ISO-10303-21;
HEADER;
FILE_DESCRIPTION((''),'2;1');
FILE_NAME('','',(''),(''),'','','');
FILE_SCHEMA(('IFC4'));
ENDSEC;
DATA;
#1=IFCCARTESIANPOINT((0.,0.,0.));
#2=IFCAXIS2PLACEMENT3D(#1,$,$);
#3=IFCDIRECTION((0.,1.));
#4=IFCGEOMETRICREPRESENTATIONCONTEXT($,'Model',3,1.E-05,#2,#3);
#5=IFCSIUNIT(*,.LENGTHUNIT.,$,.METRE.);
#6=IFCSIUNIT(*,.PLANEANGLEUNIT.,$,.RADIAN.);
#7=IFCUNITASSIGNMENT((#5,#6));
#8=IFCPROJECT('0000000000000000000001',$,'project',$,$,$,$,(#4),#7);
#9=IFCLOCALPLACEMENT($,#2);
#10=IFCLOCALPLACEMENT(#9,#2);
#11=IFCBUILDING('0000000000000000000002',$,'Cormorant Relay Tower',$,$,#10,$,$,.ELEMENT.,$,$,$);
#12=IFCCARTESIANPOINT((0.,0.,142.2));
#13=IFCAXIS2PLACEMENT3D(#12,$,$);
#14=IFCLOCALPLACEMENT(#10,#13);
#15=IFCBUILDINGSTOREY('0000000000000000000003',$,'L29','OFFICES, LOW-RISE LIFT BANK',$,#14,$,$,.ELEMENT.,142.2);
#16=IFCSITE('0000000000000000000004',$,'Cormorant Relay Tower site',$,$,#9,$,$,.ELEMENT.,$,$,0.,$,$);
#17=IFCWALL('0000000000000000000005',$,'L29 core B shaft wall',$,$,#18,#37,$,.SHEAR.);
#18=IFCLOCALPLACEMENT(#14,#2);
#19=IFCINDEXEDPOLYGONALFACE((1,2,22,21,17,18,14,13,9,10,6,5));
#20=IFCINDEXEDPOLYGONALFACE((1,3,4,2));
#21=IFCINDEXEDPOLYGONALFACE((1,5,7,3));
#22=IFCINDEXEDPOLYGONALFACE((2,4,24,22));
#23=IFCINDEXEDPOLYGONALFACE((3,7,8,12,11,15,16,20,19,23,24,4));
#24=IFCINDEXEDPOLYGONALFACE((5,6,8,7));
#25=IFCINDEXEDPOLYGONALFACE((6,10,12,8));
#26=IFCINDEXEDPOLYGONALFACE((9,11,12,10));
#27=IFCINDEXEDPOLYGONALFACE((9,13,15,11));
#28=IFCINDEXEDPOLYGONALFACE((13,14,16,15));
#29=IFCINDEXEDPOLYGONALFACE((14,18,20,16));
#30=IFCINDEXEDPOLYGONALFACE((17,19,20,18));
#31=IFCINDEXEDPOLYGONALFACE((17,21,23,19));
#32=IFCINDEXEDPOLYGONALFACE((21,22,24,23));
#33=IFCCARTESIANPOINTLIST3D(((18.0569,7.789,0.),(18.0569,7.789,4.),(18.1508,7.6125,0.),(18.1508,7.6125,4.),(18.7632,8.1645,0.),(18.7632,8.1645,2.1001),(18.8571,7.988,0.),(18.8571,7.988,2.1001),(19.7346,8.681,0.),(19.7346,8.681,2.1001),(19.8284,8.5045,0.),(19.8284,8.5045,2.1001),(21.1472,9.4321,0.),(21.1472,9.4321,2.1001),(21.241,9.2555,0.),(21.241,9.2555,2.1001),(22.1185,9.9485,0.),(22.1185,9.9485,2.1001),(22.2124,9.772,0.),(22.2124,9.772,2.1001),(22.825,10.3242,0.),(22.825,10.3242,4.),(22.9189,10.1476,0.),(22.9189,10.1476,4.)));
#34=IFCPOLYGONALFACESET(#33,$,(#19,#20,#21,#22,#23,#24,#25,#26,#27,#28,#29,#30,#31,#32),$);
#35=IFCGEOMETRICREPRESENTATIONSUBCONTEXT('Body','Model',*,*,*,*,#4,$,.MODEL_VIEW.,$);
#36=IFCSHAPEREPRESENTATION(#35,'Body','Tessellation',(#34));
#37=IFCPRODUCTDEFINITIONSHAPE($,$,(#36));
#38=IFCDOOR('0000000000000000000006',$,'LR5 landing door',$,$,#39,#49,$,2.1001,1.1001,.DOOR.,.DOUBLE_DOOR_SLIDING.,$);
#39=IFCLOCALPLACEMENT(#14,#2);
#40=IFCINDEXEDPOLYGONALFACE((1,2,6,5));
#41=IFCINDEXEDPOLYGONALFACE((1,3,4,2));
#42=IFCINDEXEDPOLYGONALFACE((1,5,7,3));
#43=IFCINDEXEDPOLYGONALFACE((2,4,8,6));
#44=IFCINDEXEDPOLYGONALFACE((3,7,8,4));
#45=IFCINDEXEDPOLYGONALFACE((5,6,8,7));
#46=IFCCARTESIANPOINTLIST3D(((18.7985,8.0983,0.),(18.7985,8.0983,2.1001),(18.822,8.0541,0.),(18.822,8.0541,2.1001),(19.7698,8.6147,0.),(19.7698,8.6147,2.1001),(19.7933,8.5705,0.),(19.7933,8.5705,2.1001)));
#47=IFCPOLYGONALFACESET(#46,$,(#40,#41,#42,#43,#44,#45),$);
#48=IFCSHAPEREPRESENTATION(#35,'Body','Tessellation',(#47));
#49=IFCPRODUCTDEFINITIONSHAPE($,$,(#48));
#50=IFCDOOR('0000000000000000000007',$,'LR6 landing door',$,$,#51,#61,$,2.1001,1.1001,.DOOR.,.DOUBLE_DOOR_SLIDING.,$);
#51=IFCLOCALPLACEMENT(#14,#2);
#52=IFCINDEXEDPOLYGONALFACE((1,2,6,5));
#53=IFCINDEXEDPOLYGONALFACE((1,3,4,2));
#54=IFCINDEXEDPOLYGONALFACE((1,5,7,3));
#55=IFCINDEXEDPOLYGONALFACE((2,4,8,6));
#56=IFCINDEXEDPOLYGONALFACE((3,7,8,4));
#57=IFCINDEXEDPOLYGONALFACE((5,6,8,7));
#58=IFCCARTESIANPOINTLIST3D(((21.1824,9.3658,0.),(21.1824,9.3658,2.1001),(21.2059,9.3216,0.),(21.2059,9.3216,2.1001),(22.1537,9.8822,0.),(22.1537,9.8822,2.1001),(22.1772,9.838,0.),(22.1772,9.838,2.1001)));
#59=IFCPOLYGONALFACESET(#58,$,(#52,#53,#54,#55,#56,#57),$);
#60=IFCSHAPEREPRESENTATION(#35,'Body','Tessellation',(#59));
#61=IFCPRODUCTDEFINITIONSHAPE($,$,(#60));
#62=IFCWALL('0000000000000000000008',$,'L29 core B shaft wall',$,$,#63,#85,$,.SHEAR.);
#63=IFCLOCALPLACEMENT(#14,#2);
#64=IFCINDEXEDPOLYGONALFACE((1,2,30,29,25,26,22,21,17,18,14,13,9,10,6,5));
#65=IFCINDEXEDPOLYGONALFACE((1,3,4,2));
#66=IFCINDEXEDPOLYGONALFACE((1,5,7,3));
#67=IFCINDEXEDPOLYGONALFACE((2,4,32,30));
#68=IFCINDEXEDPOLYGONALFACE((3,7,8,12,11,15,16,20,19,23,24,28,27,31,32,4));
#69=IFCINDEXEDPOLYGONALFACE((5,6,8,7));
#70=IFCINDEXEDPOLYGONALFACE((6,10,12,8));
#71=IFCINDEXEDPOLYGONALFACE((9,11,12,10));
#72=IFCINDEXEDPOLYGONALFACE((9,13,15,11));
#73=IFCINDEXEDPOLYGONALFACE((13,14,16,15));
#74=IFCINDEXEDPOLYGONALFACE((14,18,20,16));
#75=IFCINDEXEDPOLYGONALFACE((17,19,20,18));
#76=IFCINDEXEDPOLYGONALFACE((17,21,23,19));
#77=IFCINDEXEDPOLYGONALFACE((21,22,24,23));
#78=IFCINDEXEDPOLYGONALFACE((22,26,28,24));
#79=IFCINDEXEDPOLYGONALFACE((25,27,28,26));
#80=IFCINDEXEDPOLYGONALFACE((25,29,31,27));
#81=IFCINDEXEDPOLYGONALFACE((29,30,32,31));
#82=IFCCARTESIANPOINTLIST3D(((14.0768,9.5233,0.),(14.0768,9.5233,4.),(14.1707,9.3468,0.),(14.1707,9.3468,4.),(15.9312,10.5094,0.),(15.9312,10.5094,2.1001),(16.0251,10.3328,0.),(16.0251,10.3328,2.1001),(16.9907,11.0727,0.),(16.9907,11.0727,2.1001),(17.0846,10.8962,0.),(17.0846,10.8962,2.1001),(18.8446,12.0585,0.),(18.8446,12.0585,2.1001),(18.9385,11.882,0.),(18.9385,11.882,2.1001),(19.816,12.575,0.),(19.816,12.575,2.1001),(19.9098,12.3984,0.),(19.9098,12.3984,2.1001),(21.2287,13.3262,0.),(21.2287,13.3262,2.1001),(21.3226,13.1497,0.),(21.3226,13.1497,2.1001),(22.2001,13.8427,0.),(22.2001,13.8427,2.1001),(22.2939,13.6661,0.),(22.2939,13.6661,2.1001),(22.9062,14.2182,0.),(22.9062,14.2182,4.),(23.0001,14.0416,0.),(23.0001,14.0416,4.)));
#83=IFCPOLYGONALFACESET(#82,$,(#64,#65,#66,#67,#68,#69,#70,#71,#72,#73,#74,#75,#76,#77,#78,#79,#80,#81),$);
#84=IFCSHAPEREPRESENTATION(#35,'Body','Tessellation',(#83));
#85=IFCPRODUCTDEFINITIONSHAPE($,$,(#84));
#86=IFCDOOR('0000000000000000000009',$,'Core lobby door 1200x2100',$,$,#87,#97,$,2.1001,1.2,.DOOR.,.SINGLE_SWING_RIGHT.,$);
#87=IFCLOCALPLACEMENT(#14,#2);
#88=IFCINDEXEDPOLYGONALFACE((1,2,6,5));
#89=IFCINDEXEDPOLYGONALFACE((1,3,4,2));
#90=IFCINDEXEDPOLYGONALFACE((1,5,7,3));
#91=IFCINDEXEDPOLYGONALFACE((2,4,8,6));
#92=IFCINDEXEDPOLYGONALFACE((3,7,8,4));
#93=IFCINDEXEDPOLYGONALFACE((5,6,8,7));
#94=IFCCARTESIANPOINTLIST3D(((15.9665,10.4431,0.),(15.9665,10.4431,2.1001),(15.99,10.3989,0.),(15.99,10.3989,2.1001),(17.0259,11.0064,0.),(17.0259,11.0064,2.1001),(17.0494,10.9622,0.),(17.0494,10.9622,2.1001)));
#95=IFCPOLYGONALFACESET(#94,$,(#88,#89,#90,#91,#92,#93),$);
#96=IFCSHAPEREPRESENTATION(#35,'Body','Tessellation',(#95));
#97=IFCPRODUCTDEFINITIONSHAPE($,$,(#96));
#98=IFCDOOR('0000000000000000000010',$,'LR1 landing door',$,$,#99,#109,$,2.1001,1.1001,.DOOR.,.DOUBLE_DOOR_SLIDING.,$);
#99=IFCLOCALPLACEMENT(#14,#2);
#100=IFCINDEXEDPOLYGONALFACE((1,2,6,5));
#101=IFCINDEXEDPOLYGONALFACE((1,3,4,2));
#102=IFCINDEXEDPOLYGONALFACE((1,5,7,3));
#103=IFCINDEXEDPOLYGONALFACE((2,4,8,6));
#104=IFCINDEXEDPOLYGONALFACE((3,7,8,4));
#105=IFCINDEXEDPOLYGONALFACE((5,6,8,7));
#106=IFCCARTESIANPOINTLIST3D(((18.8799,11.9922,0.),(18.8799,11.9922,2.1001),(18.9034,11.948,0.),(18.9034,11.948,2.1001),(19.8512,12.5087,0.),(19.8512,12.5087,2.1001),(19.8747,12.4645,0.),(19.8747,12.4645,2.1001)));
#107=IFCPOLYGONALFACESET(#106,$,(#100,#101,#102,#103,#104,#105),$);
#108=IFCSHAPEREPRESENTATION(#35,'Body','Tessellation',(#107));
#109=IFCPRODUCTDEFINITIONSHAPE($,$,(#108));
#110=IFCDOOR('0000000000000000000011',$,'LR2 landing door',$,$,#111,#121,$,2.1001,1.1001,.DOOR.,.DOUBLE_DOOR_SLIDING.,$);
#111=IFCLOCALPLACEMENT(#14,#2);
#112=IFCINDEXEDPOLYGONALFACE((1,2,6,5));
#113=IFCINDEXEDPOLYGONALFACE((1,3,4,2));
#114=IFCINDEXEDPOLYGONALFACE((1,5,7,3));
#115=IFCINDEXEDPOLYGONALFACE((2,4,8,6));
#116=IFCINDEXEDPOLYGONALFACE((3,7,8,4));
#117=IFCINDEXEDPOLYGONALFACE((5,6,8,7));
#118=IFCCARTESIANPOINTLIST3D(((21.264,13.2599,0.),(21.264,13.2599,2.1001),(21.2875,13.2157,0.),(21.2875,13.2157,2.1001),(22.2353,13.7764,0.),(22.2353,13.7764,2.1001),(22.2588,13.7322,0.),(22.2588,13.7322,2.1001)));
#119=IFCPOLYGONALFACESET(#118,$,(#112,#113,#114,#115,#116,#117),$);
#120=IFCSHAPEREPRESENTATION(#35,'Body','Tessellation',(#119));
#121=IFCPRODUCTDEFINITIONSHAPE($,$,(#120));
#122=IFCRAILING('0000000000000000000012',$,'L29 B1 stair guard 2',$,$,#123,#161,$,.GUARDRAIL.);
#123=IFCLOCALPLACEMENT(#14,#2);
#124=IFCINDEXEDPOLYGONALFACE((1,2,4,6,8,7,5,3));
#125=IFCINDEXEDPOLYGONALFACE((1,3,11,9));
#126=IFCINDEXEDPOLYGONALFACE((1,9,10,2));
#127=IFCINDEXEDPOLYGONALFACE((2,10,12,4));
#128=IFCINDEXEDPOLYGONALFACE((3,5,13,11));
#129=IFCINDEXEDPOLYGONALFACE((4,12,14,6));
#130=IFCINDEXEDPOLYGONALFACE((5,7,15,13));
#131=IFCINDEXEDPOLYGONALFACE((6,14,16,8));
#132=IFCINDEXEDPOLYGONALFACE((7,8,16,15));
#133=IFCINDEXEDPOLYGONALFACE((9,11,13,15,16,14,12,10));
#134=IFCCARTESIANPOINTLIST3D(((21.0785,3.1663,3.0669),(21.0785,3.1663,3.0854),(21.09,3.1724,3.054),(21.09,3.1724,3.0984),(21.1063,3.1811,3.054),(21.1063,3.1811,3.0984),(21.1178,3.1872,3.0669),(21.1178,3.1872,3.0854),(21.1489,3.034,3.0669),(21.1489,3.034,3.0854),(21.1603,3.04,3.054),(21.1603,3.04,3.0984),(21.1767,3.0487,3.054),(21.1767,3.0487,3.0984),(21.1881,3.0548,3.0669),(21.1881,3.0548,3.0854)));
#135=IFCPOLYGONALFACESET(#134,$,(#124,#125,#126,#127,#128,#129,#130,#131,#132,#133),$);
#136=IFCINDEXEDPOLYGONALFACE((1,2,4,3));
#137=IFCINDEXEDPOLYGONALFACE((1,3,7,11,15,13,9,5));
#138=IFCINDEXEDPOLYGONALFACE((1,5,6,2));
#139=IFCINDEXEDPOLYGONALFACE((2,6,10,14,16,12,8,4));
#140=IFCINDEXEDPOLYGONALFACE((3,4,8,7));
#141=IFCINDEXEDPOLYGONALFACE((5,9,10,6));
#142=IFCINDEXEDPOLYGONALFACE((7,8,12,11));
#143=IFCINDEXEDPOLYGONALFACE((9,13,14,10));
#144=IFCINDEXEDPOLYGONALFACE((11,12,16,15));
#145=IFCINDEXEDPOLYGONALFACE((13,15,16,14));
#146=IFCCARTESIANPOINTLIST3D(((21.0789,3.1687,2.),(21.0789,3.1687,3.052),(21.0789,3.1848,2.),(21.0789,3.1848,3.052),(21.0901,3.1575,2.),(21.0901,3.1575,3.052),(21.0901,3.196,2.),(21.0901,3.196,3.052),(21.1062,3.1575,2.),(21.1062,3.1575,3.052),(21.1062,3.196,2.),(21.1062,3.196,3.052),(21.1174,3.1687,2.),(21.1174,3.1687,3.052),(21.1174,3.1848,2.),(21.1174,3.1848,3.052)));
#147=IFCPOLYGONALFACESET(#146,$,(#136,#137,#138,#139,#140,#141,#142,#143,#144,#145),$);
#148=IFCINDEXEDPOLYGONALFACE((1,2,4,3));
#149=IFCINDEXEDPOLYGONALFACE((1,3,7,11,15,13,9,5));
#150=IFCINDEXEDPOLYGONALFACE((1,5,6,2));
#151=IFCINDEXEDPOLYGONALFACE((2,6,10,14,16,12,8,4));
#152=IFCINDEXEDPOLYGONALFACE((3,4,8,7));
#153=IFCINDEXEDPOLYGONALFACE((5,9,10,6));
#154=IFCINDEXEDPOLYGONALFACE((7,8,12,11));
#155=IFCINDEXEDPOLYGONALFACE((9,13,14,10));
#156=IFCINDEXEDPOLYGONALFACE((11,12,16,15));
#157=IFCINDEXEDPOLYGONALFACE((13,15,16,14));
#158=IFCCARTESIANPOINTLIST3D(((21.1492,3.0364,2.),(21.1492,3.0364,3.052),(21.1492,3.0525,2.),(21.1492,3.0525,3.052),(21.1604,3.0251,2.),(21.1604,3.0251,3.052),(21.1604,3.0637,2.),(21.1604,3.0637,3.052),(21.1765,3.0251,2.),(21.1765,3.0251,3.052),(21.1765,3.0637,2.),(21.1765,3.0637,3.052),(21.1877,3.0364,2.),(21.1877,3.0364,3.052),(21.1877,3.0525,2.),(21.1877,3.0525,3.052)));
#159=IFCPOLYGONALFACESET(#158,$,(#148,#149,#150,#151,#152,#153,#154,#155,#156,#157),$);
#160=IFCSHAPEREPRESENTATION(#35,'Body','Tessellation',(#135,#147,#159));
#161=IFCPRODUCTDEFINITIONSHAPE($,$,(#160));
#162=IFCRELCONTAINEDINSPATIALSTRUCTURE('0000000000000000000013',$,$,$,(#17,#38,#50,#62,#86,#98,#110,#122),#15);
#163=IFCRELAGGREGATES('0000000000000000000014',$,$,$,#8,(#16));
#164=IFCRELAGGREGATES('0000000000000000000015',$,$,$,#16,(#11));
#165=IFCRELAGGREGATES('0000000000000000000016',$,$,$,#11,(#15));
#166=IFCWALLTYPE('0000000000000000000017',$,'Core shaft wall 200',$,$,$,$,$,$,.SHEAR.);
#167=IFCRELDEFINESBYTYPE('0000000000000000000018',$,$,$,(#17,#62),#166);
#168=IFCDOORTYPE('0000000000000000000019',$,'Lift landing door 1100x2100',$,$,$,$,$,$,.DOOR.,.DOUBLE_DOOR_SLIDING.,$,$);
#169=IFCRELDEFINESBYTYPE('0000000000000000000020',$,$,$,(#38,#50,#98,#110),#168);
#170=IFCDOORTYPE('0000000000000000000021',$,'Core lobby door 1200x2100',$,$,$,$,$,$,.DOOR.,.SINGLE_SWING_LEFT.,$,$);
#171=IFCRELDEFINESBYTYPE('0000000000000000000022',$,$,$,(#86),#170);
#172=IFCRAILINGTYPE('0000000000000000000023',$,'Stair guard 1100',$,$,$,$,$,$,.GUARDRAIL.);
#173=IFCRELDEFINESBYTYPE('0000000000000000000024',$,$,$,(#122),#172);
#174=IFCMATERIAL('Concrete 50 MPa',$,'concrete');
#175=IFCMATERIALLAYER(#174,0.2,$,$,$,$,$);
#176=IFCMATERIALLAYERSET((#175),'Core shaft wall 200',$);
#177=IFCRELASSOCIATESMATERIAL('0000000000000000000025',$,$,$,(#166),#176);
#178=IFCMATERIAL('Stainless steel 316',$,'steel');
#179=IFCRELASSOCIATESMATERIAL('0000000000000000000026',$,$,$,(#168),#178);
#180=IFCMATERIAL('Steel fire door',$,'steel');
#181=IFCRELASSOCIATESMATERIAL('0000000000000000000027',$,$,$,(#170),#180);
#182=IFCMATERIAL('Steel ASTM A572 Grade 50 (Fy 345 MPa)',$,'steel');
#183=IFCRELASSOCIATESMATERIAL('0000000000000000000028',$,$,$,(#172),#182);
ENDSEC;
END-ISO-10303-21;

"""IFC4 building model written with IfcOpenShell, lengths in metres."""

from ifc_helpers import new_model, si_unit, direction, frame, frame_2d, origin, place, context, subcontext, project, spatial, polyline, rectangle, outline, extrude, material, layer, layer_set, type_object, element, fill, save


model = new_model("IFC4")

# Units and contexts
model_context = context("Model", 3, precision=1e-05, world=origin(), true_north=direction((0.0, 1.0)))
body_context = subcontext(model_context, "Body", "Model", "MODEL_VIEW")
ifc_project = project(units=[si_unit("LENGTHUNIT", "METRE"), si_unit("PLANEANGLEUNIT", "RADIAN")], contexts=[model_context])

# Site, building, storey
site_placement = place(None, origin())
site = spatial("IfcSite", under=ifc_project, at=site_placement, Name="Cormorant Relay Tower site", CompositionType="ELEMENT", RefElevation=0.0)
building_placement = place(site_placement, origin())
building = spatial("IfcBuilding", under=site, at=building_placement, Name="Cormorant Relay Tower", CompositionType="ELEMENT")
storey_placement = place(building_placement, frame((0.0, 0.0, 142.2)))
storey = spatial("IfcBuildingStorey", under=building, at=storey_placement, Name="L29", Description="OFFICES, LOW-RISE LIFT BANK", CompositionType="ELEMENT", Elevation=142.2)

# Shared definitions
ifc_material_1 = material(Name="Concrete 50 MPa", Category="concrete")
ifc_layer_1 = layer(ifc_material_1, 0.2)
ifc_layer_set_1 = layer_set([ifc_layer_1], Name="Core shaft wall 200")
wall_type = type_object("IfcWallType", Name="Core shaft wall 200", PredefinedType="SHEAR", material=ifc_layer_set_1)

# Walls, openings, doors
wall_1_placement = place(storey_placement, frame((18.1038, 7.7007, 0.0), z_axis=(0.0, 0.0, 1.0), x_axis=(0.882953, 0.469462, 0.0)))
wall_1 = element("IfcWall", 1, at=wall_1_placement, inside=storey, type_object=wall_type, Name="L29 core B shaft wall", PredefinedType="SHEAR", context=body_context, shape_type="SweptSolid", body=[
    extrude(rectangle(XDim=5.4001, YDim=0.2, at=frame_2d((2.7002, 0.0))), origin(), (0.0, 0.0, 1.0), 4.0),
])
opening_1_placement = place(wall_1_placement, frame((0.8, 0.0, 0.0)))
opening_1 = element("IfcOpeningElement", 2, at=opening_1_placement, cuts=wall_1, PredefinedType="OPENING", context=body_context, shape_type="SweptSolid", body=[
    extrude(rectangle(XDim=1.1001, YDim=2.1001, at=frame_2d((0.55, 1.05))), frame((0.0, 0.1099, 0.0), z_axis=(0.0, -1.0, 0.0), x_axis=(1.0, 0.0, 0.0)), (0.0, 0.0, 1.0), 0.22),
])
opening_2_placement = place(wall_1_placement, frame((3.5, 0.0, 0.0)))
opening_2 = element("IfcOpeningElement", 3, at=opening_2_placement, cuts=wall_1, PredefinedType="OPENING", context=body_context, shape_type="SweptSolid", body=[
    extrude(rectangle(XDim=1.1001, YDim=2.1001, at=frame_2d((0.55, 1.05))), frame((0.0, 0.1099, 0.0), z_axis=(0.0, -1.0, 0.0), x_axis=(1.0, 0.0, 0.0)), (0.0, 0.0, 1.0), 0.22),
])
ifc_material_2 = material(Name="Stainless steel 316", Category="steel")
door_type_1 = type_object("IfcDoorType", Name="Lift landing door 1100x2100", OperationType="DOUBLE_DOOR_SLIDING", PredefinedType="DOOR", material=ifc_material_2)
door_1_placement = place(opening_1_placement, origin())
door_1 = element("IfcDoor", 4, at=door_1_placement, inside=storey, type_object=door_type_1, Name="LR5 landing door", OperationType="DOUBLE_DOOR_SLIDING", OverallHeight=2.1001, OverallWidth=1.1001, PredefinedType="DOOR", context=body_context, shape_type="SweptSolid", body=[
    extrude(rectangle(XDim=1.1001, YDim=2.1001, at=frame_2d((0.55, 1.05))), frame((0.0, 0.0249, 0.0), z_axis=(0.0, -1.0, 0.0), x_axis=(1.0, 0.0, 0.0)), (0.0, 0.0, 1.0), 0.05),
])
fill(opening_1, door_1)
door_2_placement = place(opening_2_placement, origin())
door_2 = element("IfcDoor", 5, at=door_2_placement, inside=storey, type_object=door_type_1, Name="LR6 landing door", OperationType="DOUBLE_DOOR_SLIDING", OverallHeight=2.1001, OverallWidth=1.1001, PredefinedType="DOOR", context=body_context, shape_type="SweptSolid", body=[
    extrude(rectangle(XDim=1.1001, YDim=2.1001, at=frame_2d((0.55, 1.05))), frame((0.0, 0.0249, 0.0), z_axis=(0.0, -1.0, 0.0), x_axis=(1.0, 0.0, 0.0)), (0.0, 0.0, 1.0), 0.05),
])
fill(opening_2, door_2)
wall_2_placement = place(storey_placement, frame((14.1238, 9.4351, 0.0), z_axis=(0.0, 0.0, 1.0), x_axis=(0.88294, 0.469485, 0.0)))
wall_2 = element("IfcWall", 6, at=wall_2_placement, inside=storey, type_object=wall_type, Name="L29 core B shaft wall", PredefinedType="SHEAR", context=body_context, shape_type="SweptSolid", body=[
    extrude(rectangle(XDim=10.0, YDim=0.2, at=frame_2d((5.0, 0.0))), origin(), (0.0, 0.0, 1.0), 4.0),
])
opening_3_placement = place(wall_2_placement, frame((2.1001, 0.0, 0.0)))
opening_3 = element("IfcOpeningElement", 7, at=opening_3_placement, cuts=wall_2, PredefinedType="OPENING", context=body_context, shape_type="SweptSolid", body=[
    extrude(rectangle(XDim=1.2, YDim=2.1001, at=frame_2d((0.6001, 1.05))), frame((0.0, 0.1099, 0.0), z_axis=(0.0, -1.0, 0.0), x_axis=(1.0, 0.0, 0.0)), (0.0, 0.0, 1.0), 0.22),
])
opening_4_placement = place(wall_2_placement, frame((5.3999, 0.0, 0.0)))
opening_4 = element("IfcOpeningElement", 8, at=opening_4_placement, cuts=wall_2, PredefinedType="OPENING", context=body_context, shape_type="SweptSolid", body=[
    extrude(rectangle(XDim=1.1001, YDim=2.1001, at=frame_2d((0.55, 1.05))), frame((0.0, 0.1099, 0.0), z_axis=(0.0, -1.0, 0.0), x_axis=(1.0, 0.0, 0.0)), (0.0, 0.0, 1.0), 0.22),
])
opening_5_placement = place(wall_2_placement, frame((8.1001, 0.0, 0.0)))
opening_5 = element("IfcOpeningElement", 9, at=opening_5_placement, cuts=wall_2, PredefinedType="OPENING", context=body_context, shape_type="SweptSolid", body=[
    extrude(rectangle(XDim=1.1001, YDim=2.1001, at=frame_2d((0.55, 1.05))), frame((0.0, 0.1099, 0.0), z_axis=(0.0, -1.0, 0.0), x_axis=(1.0, 0.0, 0.0)), (0.0, 0.0, 1.0), 0.22),
])
ifc_material_3 = material(Name="Steel fire door", Category="steel")
door_type_2 = type_object("IfcDoorType", Name="Core lobby door 1200x2100", OperationType="SINGLE_SWING_LEFT", PredefinedType="DOOR", material=ifc_material_3)
door_3_placement = place(opening_3_placement, origin())
door_3 = element("IfcDoor", 10, at=door_3_placement, inside=storey, type_object=door_type_2, Name="Core lobby door 1200x2100", OperationType="SINGLE_SWING_RIGHT", OverallHeight=2.1001, OverallWidth=1.2, PredefinedType="DOOR", context=body_context, shape_type="SweptSolid", body=[
    extrude(rectangle(XDim=1.2, YDim=2.1001, at=frame_2d((0.6001, 1.05))), frame((0.0, 0.0249, 0.0), z_axis=(0.0, -1.0, 0.0), x_axis=(1.0, 0.0, 0.0)), (0.0, 0.0, 1.0), 0.05),
])
fill(opening_3, door_3)
door_4_placement = place(opening_4_placement, origin())
door_4 = element("IfcDoor", 11, at=door_4_placement, inside=storey, type_object=door_type_1, Name="LR1 landing door", OperationType="DOUBLE_DOOR_SLIDING", OverallHeight=2.1001, OverallWidth=1.1001, PredefinedType="DOOR", context=body_context, shape_type="SweptSolid", body=[
    extrude(rectangle(XDim=1.1001, YDim=2.1001, at=frame_2d((0.55, 1.05))), frame((0.0, 0.0249, 0.0), z_axis=(0.0, -1.0, 0.0), x_axis=(1.0, 0.0, 0.0)), (0.0, 0.0, 1.0), 0.05),
])
fill(opening_4, door_4)
door_5_placement = place(opening_5_placement, origin())
door_5 = element("IfcDoor", 12, at=door_5_placement, inside=storey, type_object=door_type_1, Name="LR2 landing door", OperationType="DOUBLE_DOOR_SLIDING", OverallHeight=2.1001, OverallWidth=1.1001, PredefinedType="DOOR", context=body_context, shape_type="SweptSolid", body=[
    extrude(rectangle(XDim=1.1001, YDim=2.1001, at=frame_2d((0.55, 1.05))), frame((0.0, 0.0249, 0.0), z_axis=(0.0, -1.0, 0.0), x_axis=(1.0, 0.0, 0.0)), (0.0, 0.0, 1.0), 0.05),
])
fill(opening_5, door_5)

# Railing
ifc_material_4 = material(Name="Steel ASTM A572 Grade 50 (Fy 345 MPa)", Category="steel")
railing_type = type_object("IfcRailingType", Name="Stair guard 1100", PredefinedType="GUARDRAIL", material=ifc_material_4)
railing_1_placement = place(storey_placement, frame((21.0981, 3.1768, 2.0)))
element("IfcRailing", 13, at=railing_1_placement, inside=storey, type_object=railing_type, Name="L29 B1 stair guard 2", PredefinedType="GUARDRAIL", context=body_context, shape_type="SweptSolid", body=[
    extrude(outline(polyline([(0.0222, 0.0093), (0.0093, 0.0222), (-0.0093, 0.0222), (-0.0222, 0.0093), (-0.0222, -0.0093), (-0.0093, -0.0222), (0.0093, -0.0222), (0.0222, -0.0093), (0.0222, 0.0093)])), frame((0.0, 0.0, 1.0762), z_axis=(0.469235, -0.883074, 0.0), x_axis=(0.883074, 0.469235, 0.0)), (0.0, 0.0, 1.0), 0.1499),
    extrude(outline(polyline([(0.0193, 0.0081), (0.0081, 0.0193), (-0.0081, 0.0193), (-0.0193, 0.0081), (-0.0193, -0.0081), (-0.0081, -0.0193), (0.0081, -0.0193), (0.0193, -0.0081), (0.0193, 0.0081)])), origin(), (0.0, 0.0, 1.0), 1.052),
    extrude(outline(polyline([(0.0193, 0.0081), (0.0081, 0.0193), (-0.0081, 0.0193), (-0.0193, 0.0081), (-0.0193, -0.0081), (-0.0081, -0.0193), (0.0081, -0.0193), (0.0193, -0.0081), (0.0193, 0.0081)])), frame((0.0703, -0.1323, 0.0)), (0.0, 0.0, 1.0), 1.052),
])

save(model, "model.ifc")
